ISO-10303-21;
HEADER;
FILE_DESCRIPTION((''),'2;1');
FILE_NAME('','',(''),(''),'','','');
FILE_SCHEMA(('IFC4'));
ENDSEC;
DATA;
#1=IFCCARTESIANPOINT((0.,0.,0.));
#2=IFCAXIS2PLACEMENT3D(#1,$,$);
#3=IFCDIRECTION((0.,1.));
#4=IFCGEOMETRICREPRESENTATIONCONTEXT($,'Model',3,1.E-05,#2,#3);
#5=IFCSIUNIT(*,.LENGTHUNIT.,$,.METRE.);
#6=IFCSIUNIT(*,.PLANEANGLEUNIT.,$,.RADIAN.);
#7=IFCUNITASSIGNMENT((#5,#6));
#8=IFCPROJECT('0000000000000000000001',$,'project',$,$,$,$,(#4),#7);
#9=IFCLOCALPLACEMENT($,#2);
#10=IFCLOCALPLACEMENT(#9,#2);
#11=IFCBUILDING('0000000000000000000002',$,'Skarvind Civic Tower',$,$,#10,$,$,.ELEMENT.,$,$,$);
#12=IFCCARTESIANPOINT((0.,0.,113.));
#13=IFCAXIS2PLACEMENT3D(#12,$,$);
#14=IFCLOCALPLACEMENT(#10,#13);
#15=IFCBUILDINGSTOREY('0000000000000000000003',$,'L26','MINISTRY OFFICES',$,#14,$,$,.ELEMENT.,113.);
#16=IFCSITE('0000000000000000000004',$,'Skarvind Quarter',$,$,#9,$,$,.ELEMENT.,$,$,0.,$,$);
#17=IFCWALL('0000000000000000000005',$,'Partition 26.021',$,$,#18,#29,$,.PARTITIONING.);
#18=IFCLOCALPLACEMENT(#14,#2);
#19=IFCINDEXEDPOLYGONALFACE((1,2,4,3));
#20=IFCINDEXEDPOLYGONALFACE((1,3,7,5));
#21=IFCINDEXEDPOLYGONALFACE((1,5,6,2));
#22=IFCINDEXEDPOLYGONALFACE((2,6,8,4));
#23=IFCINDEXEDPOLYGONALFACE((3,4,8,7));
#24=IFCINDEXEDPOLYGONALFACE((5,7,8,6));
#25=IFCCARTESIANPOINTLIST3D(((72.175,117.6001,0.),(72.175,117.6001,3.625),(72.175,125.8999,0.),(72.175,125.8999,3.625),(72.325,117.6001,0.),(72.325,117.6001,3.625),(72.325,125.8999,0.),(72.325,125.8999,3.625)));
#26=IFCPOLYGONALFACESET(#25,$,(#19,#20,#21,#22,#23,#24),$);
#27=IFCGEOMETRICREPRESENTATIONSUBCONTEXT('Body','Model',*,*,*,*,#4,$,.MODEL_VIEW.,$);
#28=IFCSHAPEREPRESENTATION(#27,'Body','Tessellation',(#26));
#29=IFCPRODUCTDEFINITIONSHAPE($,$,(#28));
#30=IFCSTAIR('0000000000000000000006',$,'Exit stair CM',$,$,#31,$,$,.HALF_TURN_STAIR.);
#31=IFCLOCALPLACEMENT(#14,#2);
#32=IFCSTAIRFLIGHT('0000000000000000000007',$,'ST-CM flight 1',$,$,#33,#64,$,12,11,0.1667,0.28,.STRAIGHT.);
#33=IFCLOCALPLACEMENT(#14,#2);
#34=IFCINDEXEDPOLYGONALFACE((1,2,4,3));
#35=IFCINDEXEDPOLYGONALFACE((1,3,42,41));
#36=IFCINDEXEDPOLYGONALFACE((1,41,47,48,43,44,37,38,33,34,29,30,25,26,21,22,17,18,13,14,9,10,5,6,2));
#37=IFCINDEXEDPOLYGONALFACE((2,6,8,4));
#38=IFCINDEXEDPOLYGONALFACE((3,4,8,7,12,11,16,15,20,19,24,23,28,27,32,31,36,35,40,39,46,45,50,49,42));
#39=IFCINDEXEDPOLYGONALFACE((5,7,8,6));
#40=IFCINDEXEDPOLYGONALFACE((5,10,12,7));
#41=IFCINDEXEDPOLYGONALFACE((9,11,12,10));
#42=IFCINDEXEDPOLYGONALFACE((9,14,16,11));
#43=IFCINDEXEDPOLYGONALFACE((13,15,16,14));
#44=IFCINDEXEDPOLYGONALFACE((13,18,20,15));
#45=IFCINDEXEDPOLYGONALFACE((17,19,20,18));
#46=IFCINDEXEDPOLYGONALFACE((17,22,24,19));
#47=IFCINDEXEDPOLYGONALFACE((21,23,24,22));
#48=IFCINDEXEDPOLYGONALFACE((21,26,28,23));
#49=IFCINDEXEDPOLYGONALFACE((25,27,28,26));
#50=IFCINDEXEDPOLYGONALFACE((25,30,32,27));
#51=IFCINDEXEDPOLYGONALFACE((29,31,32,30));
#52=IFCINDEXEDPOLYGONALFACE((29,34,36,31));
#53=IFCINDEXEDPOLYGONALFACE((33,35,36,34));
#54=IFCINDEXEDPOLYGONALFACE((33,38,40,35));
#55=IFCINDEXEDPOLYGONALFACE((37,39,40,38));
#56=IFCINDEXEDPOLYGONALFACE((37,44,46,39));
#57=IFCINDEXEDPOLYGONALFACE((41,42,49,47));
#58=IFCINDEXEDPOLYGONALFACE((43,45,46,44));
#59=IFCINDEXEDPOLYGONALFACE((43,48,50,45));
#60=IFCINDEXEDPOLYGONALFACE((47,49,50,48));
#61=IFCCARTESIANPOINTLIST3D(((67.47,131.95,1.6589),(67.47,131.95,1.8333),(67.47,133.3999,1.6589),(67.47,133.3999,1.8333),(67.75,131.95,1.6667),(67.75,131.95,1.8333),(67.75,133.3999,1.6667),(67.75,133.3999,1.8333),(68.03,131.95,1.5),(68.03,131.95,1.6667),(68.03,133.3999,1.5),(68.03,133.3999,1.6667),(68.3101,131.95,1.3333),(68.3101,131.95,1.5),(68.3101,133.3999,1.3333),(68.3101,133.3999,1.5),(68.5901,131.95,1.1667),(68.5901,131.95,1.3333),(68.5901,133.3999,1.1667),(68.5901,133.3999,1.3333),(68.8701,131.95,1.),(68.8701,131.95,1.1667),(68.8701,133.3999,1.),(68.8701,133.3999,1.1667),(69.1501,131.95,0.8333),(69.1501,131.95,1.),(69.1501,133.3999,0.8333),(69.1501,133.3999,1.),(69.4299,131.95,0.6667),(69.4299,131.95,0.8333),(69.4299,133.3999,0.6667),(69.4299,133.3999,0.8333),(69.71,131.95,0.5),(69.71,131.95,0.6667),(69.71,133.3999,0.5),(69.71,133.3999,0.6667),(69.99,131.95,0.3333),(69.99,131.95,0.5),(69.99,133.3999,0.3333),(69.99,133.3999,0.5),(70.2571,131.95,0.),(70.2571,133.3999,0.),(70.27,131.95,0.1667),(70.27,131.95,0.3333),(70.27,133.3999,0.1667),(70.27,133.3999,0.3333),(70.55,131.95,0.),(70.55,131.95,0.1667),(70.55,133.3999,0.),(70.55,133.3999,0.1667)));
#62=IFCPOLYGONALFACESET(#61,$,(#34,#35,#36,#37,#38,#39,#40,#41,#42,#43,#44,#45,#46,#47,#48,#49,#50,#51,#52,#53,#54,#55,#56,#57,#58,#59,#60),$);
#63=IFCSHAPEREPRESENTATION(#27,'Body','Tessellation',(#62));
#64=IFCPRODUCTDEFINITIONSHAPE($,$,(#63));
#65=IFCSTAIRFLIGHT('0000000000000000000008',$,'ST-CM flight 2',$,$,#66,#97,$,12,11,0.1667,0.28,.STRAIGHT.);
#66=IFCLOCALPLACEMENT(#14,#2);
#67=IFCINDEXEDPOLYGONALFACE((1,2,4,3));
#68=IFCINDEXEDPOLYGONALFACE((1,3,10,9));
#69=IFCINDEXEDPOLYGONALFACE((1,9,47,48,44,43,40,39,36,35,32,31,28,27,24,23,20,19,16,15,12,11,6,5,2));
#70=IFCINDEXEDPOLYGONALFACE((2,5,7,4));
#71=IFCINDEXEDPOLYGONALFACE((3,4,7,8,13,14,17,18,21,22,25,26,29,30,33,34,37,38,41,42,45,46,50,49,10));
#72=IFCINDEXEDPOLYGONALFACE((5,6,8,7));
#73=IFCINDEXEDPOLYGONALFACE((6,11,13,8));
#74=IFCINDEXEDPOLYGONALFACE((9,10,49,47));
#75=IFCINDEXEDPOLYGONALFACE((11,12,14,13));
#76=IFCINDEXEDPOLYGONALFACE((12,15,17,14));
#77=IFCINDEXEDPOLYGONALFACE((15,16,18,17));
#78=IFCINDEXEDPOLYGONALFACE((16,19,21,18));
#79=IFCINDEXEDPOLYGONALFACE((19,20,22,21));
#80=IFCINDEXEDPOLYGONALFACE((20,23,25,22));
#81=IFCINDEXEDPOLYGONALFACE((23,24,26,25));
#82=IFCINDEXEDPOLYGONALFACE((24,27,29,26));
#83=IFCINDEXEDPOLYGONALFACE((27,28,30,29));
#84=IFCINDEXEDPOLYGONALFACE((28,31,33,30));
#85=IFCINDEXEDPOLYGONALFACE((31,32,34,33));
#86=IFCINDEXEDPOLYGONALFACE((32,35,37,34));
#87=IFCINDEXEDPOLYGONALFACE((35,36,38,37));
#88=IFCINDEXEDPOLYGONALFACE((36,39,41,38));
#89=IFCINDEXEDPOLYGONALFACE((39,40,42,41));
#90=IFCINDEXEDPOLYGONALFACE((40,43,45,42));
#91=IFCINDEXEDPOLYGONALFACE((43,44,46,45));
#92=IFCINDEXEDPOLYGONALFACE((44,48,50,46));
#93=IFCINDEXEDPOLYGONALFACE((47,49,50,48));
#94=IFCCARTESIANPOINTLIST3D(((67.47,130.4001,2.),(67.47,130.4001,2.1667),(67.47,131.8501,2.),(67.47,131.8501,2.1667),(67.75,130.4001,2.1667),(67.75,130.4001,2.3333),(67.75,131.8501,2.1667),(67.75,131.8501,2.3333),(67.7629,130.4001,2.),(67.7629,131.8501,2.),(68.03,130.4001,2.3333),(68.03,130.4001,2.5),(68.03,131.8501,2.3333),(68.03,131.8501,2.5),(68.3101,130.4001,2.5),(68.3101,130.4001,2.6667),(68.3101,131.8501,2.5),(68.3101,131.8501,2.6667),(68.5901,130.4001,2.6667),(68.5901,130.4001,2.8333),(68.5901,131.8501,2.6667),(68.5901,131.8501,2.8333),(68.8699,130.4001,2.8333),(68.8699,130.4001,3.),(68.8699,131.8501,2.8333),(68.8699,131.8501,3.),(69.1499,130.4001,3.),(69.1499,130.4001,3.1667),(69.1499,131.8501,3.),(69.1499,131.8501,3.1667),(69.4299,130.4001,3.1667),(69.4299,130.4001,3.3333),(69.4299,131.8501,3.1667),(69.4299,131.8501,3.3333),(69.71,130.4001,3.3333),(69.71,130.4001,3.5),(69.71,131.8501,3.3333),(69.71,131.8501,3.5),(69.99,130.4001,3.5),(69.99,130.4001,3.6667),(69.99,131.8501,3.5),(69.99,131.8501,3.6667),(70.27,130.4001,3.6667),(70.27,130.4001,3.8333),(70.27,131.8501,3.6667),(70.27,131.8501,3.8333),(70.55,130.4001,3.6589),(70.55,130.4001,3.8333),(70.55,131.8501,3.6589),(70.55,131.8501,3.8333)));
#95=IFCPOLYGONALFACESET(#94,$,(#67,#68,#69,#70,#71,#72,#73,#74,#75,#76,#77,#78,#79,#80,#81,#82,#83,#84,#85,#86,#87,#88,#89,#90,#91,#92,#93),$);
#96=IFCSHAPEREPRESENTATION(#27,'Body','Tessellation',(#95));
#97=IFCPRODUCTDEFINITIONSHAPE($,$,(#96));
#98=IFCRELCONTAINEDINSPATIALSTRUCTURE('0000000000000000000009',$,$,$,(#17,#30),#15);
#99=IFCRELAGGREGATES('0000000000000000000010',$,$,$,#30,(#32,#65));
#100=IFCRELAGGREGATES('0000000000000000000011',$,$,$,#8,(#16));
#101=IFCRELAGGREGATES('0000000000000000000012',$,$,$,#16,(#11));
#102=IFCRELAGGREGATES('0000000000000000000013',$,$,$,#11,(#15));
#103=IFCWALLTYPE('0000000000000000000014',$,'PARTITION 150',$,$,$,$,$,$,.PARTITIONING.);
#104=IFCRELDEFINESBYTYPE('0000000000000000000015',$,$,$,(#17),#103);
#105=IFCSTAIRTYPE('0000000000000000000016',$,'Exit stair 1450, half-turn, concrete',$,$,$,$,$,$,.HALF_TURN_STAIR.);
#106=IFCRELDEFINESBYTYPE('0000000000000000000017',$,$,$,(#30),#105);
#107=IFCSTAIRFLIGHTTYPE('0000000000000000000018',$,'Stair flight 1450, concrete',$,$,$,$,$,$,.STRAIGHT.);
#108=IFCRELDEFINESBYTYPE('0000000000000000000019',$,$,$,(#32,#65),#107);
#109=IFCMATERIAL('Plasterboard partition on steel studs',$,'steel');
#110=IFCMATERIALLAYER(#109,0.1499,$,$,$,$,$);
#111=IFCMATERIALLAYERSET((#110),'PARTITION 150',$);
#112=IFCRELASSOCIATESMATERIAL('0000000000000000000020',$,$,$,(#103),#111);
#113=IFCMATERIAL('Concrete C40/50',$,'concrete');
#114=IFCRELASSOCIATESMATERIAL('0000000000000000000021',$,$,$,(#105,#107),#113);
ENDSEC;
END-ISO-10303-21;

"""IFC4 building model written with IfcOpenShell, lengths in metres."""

from ifc_helpers import new_model, si_unit, direction, frame, frame_2d, origin, place, context, subcontext, project, spatial, polyline, rectangle, outline, extrude, material, layer, layer_set, type_object, element, aggregate, save


model = new_model("IFC4")

# Units and contexts
model_context = context("Model", 3, precision=1e-05, world=origin(), true_north=direction((0.0, 1.0)))
body_context = subcontext(model_context, "Body", "Model", "MODEL_VIEW")
ifc_project = project(units=[si_unit("LENGTHUNIT", "METRE"), si_unit("PLANEANGLEUNIT", "RADIAN")], contexts=[model_context])

# Site, building, storey
site_placement = place(None, origin())
site = spatial("IfcSite", under=ifc_project, at=site_placement, Name="Skarvind Quarter", CompositionType="ELEMENT", RefElevation=0.0)
building_placement = place(site_placement, origin())
building = spatial("IfcBuilding", under=site, at=building_placement, Name="Skarvind Civic Tower", CompositionType="ELEMENT")
storey_placement = place(building_placement, frame((0.0, 0.0, 113.0)))
storey = spatial("IfcBuildingStorey", under=building, at=storey_placement, Name="L26", Description="MINISTRY OFFICES", CompositionType="ELEMENT", Elevation=113.0)

# Wall
ifc_material_1 = material(Name="Plasterboard partition on steel studs", Category="steel")
ifc_layer_1 = layer(ifc_material_1, 0.1499)
ifc_layer_set_1 = layer_set([ifc_layer_1], Name="PARTITION 150")
wall_type_1 = type_object("IfcWallType", Name="PARTITION 150", PredefinedType="PARTITIONING", material=ifc_layer_set_1)
wall_1_placement = place(storey_placement, frame((72.25, 117.6001, 0.0), z_axis=(0.0, 0.0, 1.0), x_axis=(0.0, 1.0, 0.0)))
element("IfcWall", 1, at=wall_1_placement, inside=storey, type_object=wall_type_1, Name="Partition 26.021", PredefinedType="PARTITIONING", context=body_context, shape_type="SweptSolid", body=[
    extrude(rectangle(XDim=8.2998, YDim=0.1499, at=frame_2d((4.1499, 0.0))), origin(), (0.0, 0.0, 1.0), 3.625),
])

# Stair, stair flights
ifc_material_2 = material(Name="Concrete C40/50", Category="concrete")
stair_type = type_object("IfcStairType", Name="Exit stair 1450, half-turn, concrete", PredefinedType="HALF_TURN_STAIR", material=ifc_material_2)
stair_placement = place(storey_placement, origin())
stair = element("IfcStair", 2, at=stair_placement, inside=storey, type_object=stair_type, Name="Exit stair CM", PredefinedType="HALF_TURN_STAIR")
stair_flight_type = type_object("IfcStairFlightType", Name="Stair flight 1450, concrete", PredefinedType="STRAIGHT", material=ifc_material_2)
stair_flight_1_placement = place(storey_placement, frame((70.55, 132.675, 0.0), z_axis=(0.0, 0.0, 1.0), x_axis=(-1.0, 0.0, 0.0)))
stair_flight_1 = element("IfcStairFlight", 3, at=stair_flight_1_placement, type_object=stair_flight_type, Name="ST-CM flight 1", NumberOfRisers=12, NumberOfTreads=11, PredefinedType="STRAIGHT", RiserHeight=0.1667, TreadLength=0.28, context=body_context, shape_type="SweptSolid", body=[
    extrude(outline(polyline([(0.0, 0.0), (0.0, 0.1667), (0.28, 0.1667), (0.28, 0.3333), (0.5601, 0.3333), (0.5601, 0.5), (0.8401, 0.5), (0.8401, 0.6667), (1.1201, 0.6667), (1.1201, 0.8333), (1.3999, 0.8333), (1.3999, 1.0), (1.6799, 1.0), (1.6799, 1.1667), (1.96, 1.1667), (1.96, 1.3333), (2.24, 1.3333), (2.24, 1.5), (2.52, 1.5), (2.52, 1.6667), (2.8, 1.6667), (2.8, 1.8333), (3.0801, 1.8333), (3.0801, 2.0), (3.0801, 1.6589), (0.293, 0.0), (0.0, 0.0)])), frame((0.0, 0.7251, 0.0), z_axis=(0.0, -1.0, 0.0), x_axis=(1.0, 0.0, 0.0)), (0.0, 0.0, 1.0), 1.45),
])
stair_flight_2_placement = place(storey_placement, frame((67.47, 131.125, 2.0), z_axis=(0.0, 0.0, 1.0), x_axis=(1.0, 0.0, 0.0)))
stair_flight_2 = element("IfcStairFlight", 4, at=stair_flight_2_placement, type_object=stair_flight_type, Name="ST-CM flight 2", NumberOfRisers=12, NumberOfTreads=11, PredefinedType="STRAIGHT", RiserHeight=0.1667, TreadLength=0.28, context=body_context, shape_type="SweptSolid", body=[
    extrude(outline(polyline([(0.0, 0.0), (0.0, 0.1667), (0.28, 0.1667), (0.28, 0.3333), (0.5601, 0.3333), (0.5601, 0.5), (0.8401, 0.5), (0.8401, 0.6667), (1.1201, 0.6667), (1.1201, 0.8333), (1.3999, 0.8333), (1.3999, 1.0), (1.6799, 1.0), (1.6799, 1.1667), (1.96, 1.1667), (1.96, 1.3333), (2.24, 1.3333), (2.24, 1.5), (2.52, 1.5), (2.52, 1.6667), (2.8, 1.6667), (2.8, 1.8333), (3.0801, 1.8333), (3.0801, 2.0), (3.0801, 1.6589), (0.293, 0.0), (0.0, 0.0)])), frame((0.0, 0.7251, 0.0), z_axis=(0.0, -1.0, 0.0), x_axis=(1.0, 0.0, 0.0)), (0.0, 0.0, 1.0), 1.45),
])
aggregate(stair, [stair_flight_1, stair_flight_2])

save(model, "model.ifc")
